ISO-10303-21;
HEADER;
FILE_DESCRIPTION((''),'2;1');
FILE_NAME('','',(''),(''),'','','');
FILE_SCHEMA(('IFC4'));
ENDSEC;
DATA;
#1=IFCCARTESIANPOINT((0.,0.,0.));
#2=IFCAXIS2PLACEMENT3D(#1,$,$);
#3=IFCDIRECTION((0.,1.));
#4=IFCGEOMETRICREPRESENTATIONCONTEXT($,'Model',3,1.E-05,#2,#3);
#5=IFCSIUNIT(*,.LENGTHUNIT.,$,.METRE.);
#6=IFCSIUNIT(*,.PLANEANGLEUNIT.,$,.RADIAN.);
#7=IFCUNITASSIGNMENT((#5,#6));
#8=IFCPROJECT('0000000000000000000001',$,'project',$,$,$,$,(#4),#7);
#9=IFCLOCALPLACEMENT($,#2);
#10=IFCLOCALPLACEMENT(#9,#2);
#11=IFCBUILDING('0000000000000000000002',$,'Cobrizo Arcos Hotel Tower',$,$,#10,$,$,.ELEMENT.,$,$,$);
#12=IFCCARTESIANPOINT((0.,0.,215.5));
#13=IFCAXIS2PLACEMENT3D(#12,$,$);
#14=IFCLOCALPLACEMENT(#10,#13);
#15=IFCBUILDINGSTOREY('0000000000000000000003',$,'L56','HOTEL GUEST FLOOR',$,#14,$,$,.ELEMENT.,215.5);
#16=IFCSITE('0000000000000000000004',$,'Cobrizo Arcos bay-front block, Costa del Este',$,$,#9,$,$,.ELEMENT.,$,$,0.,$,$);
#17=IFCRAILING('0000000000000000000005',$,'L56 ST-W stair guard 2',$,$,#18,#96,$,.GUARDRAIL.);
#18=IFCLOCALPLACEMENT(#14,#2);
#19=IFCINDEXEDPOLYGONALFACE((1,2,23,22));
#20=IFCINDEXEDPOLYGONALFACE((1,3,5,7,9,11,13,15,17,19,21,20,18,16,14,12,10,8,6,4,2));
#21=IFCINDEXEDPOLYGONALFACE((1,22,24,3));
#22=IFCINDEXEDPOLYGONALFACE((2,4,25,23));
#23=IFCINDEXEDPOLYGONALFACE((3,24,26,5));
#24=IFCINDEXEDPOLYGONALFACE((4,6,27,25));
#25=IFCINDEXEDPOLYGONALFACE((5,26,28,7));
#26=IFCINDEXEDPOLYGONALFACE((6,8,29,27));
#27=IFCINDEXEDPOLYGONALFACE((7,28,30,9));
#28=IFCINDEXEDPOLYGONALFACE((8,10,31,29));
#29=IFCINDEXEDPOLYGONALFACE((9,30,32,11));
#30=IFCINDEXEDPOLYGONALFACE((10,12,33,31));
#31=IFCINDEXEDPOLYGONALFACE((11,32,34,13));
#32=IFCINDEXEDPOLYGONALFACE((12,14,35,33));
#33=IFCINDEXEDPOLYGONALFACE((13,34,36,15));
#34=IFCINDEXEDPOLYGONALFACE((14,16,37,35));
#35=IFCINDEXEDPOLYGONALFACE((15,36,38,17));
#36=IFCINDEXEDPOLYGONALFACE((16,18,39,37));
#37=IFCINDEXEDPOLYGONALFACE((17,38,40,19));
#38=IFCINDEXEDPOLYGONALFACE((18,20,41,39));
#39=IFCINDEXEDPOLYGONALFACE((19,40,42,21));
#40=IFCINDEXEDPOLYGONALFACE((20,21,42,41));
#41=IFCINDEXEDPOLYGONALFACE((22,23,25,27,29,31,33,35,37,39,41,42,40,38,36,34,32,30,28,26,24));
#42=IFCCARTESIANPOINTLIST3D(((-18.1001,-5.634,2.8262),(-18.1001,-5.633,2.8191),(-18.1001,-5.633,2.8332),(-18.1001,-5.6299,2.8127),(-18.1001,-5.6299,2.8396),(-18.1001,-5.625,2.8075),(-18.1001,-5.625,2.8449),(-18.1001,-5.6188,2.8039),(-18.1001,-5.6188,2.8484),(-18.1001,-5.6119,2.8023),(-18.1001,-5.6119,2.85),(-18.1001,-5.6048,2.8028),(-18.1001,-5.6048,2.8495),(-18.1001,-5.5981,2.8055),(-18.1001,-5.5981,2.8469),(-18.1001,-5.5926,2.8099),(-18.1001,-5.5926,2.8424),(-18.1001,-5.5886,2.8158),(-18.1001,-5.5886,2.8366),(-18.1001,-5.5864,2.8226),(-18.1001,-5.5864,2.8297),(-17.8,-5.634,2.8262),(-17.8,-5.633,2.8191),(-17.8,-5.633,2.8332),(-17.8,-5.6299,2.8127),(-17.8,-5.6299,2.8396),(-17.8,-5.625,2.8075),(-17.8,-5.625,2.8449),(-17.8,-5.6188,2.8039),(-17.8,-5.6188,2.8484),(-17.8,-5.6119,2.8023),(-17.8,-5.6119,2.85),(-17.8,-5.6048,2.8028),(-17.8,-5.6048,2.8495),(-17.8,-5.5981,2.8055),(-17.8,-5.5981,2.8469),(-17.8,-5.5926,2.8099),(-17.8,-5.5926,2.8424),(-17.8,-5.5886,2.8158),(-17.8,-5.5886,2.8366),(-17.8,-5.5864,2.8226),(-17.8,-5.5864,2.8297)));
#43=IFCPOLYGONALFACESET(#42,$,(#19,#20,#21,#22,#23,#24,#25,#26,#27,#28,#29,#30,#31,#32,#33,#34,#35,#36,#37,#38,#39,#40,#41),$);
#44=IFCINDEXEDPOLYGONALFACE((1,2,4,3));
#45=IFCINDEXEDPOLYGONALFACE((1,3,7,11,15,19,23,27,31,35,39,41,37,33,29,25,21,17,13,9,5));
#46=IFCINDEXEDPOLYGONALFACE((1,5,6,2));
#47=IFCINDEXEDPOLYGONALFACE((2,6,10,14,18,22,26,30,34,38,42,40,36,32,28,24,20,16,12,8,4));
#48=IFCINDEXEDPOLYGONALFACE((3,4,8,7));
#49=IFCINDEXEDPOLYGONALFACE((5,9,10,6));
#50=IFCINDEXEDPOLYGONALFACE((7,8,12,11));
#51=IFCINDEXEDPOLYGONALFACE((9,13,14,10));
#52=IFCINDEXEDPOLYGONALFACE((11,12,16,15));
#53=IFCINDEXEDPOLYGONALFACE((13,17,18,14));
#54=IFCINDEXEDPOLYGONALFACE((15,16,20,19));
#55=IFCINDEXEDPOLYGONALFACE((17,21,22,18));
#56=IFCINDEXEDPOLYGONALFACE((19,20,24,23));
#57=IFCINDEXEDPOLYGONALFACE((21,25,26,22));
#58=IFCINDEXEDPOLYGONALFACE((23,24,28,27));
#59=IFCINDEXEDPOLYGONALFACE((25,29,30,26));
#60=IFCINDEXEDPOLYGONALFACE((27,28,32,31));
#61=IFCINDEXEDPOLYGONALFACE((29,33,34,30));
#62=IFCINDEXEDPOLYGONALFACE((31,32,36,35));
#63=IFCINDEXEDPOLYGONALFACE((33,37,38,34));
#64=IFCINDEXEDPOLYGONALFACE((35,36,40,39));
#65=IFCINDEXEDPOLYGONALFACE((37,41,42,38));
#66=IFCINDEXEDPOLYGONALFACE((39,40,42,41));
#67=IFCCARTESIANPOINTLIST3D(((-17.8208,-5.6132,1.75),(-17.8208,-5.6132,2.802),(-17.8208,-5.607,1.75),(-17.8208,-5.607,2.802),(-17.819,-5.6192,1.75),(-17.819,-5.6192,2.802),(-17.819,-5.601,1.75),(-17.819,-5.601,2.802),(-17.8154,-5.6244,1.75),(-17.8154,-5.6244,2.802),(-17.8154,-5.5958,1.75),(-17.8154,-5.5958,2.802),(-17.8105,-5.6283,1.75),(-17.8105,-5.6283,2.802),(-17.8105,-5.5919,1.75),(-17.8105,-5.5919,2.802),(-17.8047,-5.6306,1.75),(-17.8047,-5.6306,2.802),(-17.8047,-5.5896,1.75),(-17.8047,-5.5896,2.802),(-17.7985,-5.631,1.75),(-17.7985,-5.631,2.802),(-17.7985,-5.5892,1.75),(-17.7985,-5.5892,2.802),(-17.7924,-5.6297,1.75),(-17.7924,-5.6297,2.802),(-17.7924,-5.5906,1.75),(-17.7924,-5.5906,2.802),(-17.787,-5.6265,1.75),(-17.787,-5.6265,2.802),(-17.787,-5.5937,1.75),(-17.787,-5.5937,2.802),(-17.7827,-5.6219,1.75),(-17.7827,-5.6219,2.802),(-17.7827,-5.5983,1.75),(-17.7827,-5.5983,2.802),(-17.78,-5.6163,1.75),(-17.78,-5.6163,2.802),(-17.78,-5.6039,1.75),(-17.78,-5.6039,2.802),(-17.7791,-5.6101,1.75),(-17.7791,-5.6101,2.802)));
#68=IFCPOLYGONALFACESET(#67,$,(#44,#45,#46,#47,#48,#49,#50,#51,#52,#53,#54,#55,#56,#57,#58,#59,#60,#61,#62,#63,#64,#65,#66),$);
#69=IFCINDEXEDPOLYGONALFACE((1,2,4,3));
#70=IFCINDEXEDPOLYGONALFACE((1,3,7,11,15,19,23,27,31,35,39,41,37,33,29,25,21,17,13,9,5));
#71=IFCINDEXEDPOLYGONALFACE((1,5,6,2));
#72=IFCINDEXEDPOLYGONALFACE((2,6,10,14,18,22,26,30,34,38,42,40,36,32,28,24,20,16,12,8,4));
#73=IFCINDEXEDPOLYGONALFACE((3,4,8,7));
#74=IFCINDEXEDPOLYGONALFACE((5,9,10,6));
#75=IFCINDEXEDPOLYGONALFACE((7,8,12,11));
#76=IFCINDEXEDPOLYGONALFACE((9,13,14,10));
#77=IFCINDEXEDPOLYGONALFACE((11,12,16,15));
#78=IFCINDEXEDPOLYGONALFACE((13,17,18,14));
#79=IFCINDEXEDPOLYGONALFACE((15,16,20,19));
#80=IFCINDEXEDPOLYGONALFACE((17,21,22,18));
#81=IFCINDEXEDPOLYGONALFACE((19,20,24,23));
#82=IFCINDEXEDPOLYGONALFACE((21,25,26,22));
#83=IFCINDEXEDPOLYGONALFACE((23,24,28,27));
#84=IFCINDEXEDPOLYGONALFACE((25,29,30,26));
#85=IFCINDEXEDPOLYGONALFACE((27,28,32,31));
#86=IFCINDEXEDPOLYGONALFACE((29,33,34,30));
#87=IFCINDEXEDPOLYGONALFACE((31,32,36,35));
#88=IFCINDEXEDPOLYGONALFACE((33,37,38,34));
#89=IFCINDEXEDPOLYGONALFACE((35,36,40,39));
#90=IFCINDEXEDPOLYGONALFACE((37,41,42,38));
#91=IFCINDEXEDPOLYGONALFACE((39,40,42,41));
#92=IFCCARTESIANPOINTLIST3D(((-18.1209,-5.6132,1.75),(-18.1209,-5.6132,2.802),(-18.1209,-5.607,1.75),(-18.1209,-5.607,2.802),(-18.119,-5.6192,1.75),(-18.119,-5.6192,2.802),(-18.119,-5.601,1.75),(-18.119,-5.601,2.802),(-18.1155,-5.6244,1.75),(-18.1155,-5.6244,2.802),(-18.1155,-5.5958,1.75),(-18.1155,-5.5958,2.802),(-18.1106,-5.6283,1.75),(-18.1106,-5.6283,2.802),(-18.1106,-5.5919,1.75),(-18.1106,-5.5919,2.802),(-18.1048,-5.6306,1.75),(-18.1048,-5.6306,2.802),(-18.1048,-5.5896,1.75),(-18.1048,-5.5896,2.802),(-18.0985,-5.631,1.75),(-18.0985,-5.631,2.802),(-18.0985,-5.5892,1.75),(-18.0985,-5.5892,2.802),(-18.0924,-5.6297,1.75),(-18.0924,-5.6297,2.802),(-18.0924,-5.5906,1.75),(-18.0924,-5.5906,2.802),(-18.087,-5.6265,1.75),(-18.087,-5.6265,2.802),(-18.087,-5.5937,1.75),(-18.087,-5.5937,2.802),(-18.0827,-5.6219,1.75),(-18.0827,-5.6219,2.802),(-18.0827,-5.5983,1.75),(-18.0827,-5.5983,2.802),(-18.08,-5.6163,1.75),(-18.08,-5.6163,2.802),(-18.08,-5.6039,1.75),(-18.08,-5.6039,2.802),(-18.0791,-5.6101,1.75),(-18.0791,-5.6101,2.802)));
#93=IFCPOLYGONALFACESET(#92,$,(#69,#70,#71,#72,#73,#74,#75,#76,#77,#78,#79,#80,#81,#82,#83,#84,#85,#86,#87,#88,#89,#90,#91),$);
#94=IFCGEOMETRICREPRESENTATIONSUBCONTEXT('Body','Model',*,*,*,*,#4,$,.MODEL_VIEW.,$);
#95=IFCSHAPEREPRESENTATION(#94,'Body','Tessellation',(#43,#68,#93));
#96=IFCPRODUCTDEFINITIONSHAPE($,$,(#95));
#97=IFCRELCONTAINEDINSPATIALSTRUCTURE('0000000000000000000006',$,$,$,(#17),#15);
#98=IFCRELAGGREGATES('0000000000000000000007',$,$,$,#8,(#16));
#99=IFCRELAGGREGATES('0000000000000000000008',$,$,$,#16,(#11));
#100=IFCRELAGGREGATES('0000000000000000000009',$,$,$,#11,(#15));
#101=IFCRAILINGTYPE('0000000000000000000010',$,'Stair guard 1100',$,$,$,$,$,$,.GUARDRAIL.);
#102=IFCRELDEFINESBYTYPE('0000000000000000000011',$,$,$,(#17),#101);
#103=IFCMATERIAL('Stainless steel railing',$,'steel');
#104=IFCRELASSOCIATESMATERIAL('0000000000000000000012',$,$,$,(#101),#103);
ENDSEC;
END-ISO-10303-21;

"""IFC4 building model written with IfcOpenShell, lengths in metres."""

from ifc_helpers import new_model, si_unit, direction, frame, origin, origin_2d, place, context, subcontext, project, spatial, circle, extrude, material, type_object, element, save


model = new_model("IFC4")

# Units and contexts
model_context = context("Model", 3, precision=1e-05, world=origin(), true_north=direction((0.0, 1.0)))
body_context = subcontext(model_context, "Body", "Model", "MODEL_VIEW")
ifc_project = project(units=[si_unit("LENGTHUNIT", "METRE"), si_unit("PLANEANGLEUNIT", "RADIAN")], contexts=[model_context])

# Site, building, storey
site_placement = place(None, origin())
site = spatial("IfcSite", under=ifc_project, at=site_placement, Name="Cobrizo Arcos bay-front block, Costa del Este", CompositionType="ELEMENT", RefElevation=0.0)
building_placement = place(site_placement, origin())
building = spatial("IfcBuilding", under=site, at=building_placement, Name="Cobrizo Arcos Hotel Tower", CompositionType="ELEMENT")
storey_placement = place(building_placement, frame((0.0, 0.0, 215.5)))
storey = spatial("IfcBuildingStorey", under=building, at=storey_placement, Name="L56", Description="HOTEL GUEST FLOOR", CompositionType="ELEMENT", Elevation=215.5)

# Railing
ifc_material_1 = material(Name="Stainless steel railing", Category="steel")
railing_type_1 = type_object("IfcRailingType", Name="Stair guard 1100", PredefinedType="GUARDRAIL", material=ifc_material_1)
railing_1_placement = place(storey_placement, frame((-17.8, -5.6101, 1.75)))
element("IfcRailing", 1, at=railing_1_placement, inside=storey, type_object=railing_type_1, Name="L56 ST-W stair guard 2", PredefinedType="GUARDRAIL", context=body_context, shape_type="SweptSolid", body=[
    extrude(circle(Radius=0.0239, at=origin_2d()), frame((0.0, 0.0, 1.0762), z_axis=(-1.0, 0.0, 0.0), x_axis=(0.0, -1.0, 0.0)), (0.0, 0.0, 1.0), 0.3),
    extrude(circle(Radius=0.021, at=origin_2d()), origin(), (0.0, 0.0, 1.0), 1.052),
    extrude(circle(Radius=0.021, at=origin_2d()), frame((-0.3, 0.0, 0.0)), (0.0, 0.0, 1.0), 1.052),
])

save(model, "model.ifc")
